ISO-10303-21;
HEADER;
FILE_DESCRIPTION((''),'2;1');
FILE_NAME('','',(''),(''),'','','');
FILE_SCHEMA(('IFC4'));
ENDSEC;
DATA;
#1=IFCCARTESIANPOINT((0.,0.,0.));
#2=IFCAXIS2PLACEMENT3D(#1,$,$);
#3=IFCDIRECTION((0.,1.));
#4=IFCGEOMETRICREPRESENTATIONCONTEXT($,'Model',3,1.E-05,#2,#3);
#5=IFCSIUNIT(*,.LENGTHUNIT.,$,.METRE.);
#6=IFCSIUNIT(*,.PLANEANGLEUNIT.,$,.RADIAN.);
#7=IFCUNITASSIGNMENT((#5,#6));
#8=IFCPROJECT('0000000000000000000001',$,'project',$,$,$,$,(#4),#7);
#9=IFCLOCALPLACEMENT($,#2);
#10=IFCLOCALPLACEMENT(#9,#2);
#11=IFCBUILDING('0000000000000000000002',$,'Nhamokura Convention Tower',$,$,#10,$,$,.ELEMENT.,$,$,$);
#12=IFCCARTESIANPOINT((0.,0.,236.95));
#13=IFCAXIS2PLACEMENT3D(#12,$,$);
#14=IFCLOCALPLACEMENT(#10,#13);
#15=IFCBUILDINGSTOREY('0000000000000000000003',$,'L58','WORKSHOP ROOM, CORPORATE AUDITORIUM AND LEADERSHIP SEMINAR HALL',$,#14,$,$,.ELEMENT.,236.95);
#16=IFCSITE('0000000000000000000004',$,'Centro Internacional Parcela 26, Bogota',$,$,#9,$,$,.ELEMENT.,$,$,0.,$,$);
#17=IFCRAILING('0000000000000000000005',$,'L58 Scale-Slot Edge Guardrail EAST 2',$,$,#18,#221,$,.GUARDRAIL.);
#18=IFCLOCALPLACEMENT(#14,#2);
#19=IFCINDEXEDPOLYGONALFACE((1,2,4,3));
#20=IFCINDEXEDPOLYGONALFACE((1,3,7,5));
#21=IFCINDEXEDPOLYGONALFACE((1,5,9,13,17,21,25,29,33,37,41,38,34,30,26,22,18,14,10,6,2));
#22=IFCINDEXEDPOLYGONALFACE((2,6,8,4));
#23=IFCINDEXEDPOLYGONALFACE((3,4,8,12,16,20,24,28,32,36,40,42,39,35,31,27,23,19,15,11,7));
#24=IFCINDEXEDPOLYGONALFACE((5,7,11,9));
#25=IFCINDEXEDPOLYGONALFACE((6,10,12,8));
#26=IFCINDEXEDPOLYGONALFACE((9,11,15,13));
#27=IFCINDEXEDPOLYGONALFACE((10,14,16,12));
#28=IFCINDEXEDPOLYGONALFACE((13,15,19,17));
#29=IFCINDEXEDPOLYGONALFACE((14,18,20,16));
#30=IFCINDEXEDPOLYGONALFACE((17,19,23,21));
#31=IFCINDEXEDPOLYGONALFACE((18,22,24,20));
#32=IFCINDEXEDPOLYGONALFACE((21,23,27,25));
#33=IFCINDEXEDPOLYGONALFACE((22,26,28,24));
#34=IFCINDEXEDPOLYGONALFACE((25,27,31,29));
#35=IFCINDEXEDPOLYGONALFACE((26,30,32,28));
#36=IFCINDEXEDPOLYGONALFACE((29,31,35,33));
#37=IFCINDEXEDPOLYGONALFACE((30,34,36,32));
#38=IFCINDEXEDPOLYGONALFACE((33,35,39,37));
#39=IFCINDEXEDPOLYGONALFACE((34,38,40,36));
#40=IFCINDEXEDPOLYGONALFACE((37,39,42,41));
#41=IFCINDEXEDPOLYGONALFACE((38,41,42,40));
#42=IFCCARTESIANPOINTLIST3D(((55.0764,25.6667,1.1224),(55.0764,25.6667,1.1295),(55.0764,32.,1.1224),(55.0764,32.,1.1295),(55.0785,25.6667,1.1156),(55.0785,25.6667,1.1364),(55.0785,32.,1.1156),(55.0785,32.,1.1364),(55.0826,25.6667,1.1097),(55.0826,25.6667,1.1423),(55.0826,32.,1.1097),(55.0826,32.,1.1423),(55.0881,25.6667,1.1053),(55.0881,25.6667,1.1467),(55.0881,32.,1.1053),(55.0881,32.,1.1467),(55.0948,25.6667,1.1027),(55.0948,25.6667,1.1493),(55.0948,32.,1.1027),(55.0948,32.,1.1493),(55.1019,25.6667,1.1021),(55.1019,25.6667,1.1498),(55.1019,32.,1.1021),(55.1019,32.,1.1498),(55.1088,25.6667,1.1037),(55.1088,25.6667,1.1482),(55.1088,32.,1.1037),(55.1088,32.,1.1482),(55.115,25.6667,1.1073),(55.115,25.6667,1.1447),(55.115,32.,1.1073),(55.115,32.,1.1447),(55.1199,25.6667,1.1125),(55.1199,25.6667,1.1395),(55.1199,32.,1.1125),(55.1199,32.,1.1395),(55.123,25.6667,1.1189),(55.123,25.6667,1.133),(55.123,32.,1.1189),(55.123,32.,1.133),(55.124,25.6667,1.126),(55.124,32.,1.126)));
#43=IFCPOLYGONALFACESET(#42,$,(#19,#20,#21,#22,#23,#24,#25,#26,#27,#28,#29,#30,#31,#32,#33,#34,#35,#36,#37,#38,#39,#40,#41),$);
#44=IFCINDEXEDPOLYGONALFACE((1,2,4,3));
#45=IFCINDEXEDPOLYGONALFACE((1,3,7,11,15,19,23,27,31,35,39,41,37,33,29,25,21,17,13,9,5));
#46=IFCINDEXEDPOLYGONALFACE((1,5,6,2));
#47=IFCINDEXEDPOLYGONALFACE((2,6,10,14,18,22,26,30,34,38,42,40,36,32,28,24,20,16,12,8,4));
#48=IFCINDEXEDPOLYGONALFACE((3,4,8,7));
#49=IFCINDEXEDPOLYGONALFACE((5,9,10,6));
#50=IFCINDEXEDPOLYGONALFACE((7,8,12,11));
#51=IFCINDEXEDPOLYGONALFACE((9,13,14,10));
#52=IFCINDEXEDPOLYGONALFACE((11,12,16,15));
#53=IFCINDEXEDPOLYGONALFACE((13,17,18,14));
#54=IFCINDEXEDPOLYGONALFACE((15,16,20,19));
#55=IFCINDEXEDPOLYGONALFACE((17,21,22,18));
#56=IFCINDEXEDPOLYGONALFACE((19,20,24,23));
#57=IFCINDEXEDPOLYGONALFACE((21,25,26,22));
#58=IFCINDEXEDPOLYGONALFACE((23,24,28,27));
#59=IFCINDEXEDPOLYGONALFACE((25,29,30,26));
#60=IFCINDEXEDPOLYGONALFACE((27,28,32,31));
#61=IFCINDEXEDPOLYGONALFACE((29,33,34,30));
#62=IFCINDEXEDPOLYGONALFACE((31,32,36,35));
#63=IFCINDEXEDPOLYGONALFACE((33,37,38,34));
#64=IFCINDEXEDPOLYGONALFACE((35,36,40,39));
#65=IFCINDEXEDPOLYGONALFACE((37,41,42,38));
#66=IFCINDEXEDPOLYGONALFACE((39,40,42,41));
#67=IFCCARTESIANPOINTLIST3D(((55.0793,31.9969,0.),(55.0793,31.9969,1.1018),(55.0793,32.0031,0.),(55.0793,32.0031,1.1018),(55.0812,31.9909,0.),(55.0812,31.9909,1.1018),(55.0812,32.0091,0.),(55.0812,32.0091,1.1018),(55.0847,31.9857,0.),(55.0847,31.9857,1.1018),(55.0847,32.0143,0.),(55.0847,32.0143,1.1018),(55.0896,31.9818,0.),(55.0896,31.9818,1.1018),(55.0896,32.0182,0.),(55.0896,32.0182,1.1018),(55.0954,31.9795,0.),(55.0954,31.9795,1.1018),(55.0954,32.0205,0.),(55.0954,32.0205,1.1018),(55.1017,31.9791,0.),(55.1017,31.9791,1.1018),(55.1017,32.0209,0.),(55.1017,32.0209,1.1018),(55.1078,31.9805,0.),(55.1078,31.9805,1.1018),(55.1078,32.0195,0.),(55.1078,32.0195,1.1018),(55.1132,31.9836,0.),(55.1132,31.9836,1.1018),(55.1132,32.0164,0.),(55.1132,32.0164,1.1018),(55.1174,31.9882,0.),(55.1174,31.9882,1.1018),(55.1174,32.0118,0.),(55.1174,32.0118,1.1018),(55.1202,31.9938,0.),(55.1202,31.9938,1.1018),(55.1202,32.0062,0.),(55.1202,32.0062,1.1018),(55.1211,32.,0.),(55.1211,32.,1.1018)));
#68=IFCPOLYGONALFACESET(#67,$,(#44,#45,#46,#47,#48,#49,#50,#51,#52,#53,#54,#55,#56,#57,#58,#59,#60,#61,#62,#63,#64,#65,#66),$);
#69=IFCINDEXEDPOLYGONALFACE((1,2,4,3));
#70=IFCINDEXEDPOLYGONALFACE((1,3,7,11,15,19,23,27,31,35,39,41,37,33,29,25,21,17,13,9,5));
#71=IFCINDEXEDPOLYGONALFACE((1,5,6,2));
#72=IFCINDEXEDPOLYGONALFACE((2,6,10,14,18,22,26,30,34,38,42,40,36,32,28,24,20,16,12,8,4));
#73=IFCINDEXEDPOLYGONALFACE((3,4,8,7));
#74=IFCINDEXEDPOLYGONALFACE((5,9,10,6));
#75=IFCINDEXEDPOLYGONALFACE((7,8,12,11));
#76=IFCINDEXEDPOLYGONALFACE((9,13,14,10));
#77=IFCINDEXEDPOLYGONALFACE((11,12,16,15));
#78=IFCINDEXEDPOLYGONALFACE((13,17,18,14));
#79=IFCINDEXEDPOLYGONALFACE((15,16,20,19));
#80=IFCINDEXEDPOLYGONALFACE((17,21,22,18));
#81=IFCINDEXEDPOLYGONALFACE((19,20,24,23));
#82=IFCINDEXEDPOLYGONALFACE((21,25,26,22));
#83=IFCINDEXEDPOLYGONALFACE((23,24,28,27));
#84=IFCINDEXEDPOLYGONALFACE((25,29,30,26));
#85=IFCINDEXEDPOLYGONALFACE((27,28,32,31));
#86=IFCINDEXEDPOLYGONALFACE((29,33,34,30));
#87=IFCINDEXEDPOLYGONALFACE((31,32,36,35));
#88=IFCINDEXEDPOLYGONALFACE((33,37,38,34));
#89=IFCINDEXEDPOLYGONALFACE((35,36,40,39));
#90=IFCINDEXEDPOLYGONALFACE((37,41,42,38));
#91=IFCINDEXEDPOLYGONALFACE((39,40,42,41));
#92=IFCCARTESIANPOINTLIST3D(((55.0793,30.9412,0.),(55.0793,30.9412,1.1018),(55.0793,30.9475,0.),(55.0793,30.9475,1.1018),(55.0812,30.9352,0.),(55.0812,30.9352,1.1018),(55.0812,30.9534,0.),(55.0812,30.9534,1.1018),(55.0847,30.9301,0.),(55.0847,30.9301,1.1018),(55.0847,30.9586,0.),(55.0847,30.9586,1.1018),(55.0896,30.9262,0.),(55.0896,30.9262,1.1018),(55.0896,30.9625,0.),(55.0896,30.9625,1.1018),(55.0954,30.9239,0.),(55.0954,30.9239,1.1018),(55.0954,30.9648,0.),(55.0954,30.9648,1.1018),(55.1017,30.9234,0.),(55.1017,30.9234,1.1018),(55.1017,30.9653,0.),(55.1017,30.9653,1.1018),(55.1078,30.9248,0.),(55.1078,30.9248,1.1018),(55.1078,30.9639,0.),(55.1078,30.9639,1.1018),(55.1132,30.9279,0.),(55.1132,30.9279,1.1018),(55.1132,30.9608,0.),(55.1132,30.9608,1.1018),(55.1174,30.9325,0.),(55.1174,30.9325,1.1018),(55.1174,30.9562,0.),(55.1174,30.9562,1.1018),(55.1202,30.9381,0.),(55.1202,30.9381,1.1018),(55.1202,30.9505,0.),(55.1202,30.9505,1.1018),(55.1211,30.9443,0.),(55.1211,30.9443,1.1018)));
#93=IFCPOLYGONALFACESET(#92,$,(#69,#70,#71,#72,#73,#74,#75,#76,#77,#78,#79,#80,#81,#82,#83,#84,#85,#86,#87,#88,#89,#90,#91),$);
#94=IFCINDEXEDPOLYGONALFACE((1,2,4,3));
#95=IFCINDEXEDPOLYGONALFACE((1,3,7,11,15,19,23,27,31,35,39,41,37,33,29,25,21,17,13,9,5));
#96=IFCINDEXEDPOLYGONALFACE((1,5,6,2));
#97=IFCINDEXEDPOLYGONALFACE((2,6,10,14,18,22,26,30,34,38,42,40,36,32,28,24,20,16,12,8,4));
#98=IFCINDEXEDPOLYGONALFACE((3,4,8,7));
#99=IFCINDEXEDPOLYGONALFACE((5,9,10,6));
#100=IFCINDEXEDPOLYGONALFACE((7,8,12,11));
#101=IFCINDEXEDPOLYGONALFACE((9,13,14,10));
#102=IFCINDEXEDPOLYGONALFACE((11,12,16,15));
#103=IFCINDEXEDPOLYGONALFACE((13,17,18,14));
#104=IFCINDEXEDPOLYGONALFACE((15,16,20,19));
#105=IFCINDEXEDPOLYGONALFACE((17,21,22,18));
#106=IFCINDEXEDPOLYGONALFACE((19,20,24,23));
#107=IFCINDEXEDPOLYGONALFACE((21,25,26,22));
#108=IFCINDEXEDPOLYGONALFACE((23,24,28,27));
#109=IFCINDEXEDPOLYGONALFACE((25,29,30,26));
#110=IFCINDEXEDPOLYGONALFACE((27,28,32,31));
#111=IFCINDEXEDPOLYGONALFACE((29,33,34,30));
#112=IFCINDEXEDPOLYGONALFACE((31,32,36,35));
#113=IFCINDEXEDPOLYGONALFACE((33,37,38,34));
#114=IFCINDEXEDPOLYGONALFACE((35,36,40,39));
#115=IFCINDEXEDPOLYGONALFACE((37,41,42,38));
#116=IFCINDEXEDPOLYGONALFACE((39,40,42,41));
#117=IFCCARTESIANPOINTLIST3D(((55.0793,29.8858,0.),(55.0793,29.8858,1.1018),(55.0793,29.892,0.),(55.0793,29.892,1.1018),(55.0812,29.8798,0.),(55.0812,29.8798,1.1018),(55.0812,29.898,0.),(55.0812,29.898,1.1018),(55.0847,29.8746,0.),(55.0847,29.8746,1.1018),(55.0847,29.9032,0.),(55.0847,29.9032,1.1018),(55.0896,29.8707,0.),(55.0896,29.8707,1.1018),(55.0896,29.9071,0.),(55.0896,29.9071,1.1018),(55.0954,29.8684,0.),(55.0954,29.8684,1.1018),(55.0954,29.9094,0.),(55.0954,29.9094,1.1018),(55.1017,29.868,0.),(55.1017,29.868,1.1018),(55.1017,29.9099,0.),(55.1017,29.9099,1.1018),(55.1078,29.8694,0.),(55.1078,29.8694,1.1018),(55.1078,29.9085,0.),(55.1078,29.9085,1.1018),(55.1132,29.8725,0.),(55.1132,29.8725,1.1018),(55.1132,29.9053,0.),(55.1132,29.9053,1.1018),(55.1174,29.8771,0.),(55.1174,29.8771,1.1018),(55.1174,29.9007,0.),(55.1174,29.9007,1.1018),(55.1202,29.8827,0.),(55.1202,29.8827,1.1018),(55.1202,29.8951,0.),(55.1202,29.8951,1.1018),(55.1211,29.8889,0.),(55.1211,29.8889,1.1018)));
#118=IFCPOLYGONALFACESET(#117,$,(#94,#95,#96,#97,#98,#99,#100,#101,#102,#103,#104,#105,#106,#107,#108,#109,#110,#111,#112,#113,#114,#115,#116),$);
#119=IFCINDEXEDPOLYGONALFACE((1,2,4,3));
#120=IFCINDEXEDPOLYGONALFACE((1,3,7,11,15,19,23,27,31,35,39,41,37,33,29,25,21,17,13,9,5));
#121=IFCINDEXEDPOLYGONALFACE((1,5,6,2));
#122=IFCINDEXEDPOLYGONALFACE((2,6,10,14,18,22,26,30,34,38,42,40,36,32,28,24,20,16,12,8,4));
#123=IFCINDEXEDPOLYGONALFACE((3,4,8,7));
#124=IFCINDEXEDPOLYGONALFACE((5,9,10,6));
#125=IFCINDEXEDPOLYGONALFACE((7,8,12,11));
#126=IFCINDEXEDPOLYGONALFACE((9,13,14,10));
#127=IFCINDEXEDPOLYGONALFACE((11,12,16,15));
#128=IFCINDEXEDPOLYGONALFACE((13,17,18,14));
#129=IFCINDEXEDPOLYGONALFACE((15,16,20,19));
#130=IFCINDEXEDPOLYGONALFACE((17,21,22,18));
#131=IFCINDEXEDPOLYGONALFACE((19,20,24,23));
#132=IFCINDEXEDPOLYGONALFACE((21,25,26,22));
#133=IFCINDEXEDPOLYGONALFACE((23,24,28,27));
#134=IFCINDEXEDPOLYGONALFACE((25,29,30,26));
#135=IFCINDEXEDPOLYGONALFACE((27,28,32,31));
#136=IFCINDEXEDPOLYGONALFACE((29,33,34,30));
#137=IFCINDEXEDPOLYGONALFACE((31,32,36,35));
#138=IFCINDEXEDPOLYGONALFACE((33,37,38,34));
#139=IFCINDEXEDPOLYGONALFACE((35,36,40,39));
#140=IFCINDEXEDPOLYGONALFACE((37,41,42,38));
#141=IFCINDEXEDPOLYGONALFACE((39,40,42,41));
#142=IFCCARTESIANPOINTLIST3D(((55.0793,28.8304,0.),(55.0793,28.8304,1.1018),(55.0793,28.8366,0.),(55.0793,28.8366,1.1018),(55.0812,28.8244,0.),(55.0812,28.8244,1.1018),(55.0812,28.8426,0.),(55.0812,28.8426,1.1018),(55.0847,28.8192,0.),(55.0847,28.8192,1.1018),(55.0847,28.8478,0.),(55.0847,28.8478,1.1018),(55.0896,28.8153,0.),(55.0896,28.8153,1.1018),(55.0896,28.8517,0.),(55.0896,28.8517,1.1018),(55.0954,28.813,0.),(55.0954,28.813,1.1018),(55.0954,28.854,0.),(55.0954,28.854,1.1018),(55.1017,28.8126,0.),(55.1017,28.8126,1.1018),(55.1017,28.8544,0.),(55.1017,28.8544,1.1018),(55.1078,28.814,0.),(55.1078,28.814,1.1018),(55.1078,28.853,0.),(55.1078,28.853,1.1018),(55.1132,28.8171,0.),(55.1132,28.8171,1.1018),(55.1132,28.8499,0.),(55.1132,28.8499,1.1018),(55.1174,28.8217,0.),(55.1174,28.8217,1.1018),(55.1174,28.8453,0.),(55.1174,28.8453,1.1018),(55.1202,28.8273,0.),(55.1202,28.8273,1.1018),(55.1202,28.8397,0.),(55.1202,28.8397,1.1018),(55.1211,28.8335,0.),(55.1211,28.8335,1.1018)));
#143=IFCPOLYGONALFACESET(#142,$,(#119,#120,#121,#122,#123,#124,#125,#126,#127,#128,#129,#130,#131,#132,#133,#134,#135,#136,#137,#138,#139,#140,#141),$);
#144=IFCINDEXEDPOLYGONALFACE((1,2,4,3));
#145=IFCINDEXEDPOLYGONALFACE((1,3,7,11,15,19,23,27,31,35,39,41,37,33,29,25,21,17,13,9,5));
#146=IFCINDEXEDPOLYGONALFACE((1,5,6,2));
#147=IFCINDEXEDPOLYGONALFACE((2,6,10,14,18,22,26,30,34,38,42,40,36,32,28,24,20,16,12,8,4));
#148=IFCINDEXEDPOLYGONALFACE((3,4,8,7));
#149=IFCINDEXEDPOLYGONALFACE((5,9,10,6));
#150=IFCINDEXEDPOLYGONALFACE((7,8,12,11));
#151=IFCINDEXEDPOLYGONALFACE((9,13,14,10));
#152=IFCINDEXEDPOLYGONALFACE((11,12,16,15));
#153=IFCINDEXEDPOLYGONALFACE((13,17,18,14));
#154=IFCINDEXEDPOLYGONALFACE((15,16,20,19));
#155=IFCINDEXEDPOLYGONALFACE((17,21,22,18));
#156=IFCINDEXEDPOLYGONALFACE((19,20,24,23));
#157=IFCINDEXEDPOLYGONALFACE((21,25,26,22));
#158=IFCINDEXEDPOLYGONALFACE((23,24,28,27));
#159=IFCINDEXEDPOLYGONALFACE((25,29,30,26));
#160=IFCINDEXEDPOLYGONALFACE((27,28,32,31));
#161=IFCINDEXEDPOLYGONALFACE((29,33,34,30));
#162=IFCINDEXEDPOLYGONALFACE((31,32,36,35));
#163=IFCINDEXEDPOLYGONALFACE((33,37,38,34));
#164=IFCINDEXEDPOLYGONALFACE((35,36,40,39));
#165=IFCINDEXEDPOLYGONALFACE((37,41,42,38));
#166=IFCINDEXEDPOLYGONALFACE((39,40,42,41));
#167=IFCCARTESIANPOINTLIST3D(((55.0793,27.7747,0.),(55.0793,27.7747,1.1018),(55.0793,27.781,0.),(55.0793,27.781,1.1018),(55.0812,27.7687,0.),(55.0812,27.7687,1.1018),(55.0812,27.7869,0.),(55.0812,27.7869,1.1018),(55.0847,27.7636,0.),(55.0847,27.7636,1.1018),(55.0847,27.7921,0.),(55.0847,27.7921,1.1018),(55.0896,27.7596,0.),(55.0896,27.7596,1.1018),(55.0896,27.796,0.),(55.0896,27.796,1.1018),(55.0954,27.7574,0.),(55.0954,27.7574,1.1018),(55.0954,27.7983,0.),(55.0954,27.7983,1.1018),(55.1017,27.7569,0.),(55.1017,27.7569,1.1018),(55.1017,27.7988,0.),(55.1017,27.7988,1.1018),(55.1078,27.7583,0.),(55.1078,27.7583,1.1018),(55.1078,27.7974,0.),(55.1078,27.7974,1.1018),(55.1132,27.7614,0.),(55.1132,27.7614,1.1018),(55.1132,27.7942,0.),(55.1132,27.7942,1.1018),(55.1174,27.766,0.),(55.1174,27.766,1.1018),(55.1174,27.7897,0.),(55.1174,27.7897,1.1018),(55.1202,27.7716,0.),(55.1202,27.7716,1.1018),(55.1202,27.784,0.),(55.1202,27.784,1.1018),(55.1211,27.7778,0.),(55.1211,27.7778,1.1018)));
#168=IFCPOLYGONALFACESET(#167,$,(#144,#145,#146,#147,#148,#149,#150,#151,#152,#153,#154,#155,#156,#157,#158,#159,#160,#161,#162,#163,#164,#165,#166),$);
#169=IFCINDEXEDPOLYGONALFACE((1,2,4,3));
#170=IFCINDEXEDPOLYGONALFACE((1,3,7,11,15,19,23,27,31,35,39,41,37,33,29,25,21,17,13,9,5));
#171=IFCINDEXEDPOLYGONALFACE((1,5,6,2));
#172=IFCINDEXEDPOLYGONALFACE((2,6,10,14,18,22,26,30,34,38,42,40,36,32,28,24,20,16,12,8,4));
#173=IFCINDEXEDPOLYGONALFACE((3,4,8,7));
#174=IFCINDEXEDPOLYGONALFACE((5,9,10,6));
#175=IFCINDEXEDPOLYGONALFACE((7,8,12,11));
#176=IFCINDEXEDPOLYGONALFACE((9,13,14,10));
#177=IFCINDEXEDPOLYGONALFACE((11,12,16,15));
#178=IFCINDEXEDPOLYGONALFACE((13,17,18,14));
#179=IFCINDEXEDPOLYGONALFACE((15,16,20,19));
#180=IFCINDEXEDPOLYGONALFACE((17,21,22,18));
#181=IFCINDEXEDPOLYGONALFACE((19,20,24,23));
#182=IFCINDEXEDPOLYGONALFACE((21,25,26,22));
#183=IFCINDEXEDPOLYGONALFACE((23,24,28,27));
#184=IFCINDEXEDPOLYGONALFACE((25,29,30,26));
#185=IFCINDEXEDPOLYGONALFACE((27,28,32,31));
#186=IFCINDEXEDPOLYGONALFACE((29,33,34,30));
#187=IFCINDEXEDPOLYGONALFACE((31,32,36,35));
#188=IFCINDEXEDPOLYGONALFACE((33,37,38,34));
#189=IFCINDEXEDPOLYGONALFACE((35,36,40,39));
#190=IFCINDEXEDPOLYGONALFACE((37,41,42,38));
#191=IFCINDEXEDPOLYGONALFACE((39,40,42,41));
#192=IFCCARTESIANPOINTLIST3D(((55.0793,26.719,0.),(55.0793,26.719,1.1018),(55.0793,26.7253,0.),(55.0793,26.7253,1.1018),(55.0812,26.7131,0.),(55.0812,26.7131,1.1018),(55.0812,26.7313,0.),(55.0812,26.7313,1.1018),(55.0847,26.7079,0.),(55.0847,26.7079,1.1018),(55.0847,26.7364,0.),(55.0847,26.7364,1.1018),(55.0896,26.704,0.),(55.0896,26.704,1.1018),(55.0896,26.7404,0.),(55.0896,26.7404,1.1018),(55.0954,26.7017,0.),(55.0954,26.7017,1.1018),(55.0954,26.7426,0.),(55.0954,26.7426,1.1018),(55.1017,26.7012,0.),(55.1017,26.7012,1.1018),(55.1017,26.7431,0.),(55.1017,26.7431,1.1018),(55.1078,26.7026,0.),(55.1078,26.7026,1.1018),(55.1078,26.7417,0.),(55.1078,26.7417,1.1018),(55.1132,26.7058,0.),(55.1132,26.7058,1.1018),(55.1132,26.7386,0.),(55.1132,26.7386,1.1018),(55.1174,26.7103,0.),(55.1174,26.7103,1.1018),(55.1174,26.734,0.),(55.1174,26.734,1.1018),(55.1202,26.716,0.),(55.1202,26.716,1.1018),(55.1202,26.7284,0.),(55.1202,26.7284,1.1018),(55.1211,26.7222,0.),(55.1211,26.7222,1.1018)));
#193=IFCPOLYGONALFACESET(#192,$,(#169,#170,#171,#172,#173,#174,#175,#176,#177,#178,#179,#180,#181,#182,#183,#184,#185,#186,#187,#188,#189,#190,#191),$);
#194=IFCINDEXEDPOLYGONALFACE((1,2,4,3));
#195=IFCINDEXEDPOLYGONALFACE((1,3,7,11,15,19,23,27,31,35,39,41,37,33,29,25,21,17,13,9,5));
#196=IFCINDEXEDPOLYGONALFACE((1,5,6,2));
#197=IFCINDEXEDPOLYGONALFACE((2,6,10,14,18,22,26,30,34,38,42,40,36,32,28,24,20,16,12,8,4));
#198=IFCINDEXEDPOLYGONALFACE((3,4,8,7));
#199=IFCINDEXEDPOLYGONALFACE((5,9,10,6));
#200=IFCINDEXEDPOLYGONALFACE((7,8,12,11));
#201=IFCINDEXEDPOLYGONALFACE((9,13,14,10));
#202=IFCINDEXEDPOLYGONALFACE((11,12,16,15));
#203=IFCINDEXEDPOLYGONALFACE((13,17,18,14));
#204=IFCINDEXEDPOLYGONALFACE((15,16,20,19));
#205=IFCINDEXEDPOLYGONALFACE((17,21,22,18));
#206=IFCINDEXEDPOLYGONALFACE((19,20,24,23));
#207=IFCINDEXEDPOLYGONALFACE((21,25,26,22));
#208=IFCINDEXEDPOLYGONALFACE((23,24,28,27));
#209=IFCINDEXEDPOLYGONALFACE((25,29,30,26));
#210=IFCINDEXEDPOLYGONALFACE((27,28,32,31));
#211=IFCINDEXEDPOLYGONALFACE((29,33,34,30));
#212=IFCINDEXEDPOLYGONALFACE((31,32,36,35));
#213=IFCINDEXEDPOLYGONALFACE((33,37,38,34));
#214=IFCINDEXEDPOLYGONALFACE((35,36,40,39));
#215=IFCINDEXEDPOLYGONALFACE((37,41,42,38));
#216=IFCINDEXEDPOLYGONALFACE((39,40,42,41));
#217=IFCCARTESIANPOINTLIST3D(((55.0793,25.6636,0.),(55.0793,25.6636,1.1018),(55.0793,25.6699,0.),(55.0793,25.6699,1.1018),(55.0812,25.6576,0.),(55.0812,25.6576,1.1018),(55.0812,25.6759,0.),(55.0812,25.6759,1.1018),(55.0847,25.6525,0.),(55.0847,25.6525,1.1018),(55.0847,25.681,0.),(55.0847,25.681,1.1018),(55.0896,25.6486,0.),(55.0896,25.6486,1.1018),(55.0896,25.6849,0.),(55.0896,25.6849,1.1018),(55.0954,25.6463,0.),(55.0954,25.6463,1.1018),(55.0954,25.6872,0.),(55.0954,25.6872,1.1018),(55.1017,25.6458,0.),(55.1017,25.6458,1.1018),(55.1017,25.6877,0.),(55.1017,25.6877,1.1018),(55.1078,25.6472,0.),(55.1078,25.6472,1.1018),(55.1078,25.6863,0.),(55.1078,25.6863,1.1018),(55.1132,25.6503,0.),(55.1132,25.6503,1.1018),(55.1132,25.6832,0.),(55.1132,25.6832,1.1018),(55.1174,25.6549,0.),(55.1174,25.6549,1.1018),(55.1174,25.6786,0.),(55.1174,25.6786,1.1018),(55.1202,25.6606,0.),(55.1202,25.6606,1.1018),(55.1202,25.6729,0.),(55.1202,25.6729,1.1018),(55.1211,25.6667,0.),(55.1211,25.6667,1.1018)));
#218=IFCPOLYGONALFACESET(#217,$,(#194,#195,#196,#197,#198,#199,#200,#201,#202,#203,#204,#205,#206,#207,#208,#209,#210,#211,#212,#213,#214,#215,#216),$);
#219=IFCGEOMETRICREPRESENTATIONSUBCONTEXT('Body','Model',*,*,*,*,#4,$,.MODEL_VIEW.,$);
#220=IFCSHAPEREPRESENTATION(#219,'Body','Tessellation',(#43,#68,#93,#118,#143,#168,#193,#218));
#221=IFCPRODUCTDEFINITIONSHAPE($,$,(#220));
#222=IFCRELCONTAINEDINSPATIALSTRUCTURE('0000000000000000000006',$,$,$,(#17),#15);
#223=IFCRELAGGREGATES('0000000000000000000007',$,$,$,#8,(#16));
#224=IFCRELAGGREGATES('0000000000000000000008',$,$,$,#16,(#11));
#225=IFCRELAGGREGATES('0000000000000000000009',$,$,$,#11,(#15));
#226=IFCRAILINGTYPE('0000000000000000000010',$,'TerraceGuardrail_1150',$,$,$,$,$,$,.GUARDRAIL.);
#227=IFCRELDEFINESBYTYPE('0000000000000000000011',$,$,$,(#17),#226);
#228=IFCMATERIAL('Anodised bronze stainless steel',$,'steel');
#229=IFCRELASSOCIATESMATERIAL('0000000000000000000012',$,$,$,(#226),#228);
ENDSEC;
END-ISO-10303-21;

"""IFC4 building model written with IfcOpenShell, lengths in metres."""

from ifc_helpers import new_model, si_unit, direction, frame, origin, origin_2d, place, context, subcontext, project, spatial, circle, extrude, material, type_object, element, save


model = new_model("IFC4")

# Units and contexts
model_context = context("Model", 3, precision=1e-05, world=origin(), true_north=direction((0.0, 1.0)))
body_context = subcontext(model_context, "Body", "Model", "MODEL_VIEW")
ifc_project = project(units=[si_unit("LENGTHUNIT", "METRE"), si_unit("PLANEANGLEUNIT", "RADIAN")], contexts=[model_context])

# Site, building, storey
site_placement = place(None, origin())
site = spatial("IfcSite", under=ifc_project, at=site_placement, Name="Centro Internacional Parcela 26, Bogota", CompositionType="ELEMENT", RefElevation=0.0)
building_placement = place(site_placement, origin())
building = spatial("IfcBuilding", under=site, at=building_placement, Name="Nhamokura Convention Tower", CompositionType="ELEMENT")
storey_placement = place(building_placement, frame((0.0, 0.0, 236.95)))
storey = spatial("IfcBuildingStorey", under=building, at=storey_placement, Name="L58", Description="WORKSHOP ROOM, CORPORATE AUDITORIUM AND LEADERSHIP SEMINAR HALL", CompositionType="ELEMENT", Elevation=236.95)

# Railing
ifc_material_1 = material(Name="Anodised bronze stainless steel", Category="steel")
railing_type_1 = type_object("IfcRailingType", Name="TerraceGuardrail_1150", PredefinedType="GUARDRAIL", material=ifc_material_1)
railing_1_placement = place(storey_placement, frame((55.1001, 32.0, 0.0)))
element("IfcRailing", 1, at=railing_1_placement, inside=storey, type_object=railing_type_1, Name="L58 Scale-Slot Edge Guardrail EAST 2", PredefinedType="GUARDRAIL", context=body_context, shape_type="SweptSolid", body=[
    extrude(circle(Radius=0.0239, at=origin_2d()), frame((0.0, 0.0, 1.126), z_axis=(0.0, -1.0, 0.0), x_axis=(1.0, 0.0, 0.0)), (0.0, 0.0, 1.0), 6.3333),
    extrude(circle(Radius=0.021, at=origin_2d()), origin(), (0.0, 0.0, 1.0), 1.1018),
    extrude(circle(Radius=0.021, at=origin_2d()), frame((0.0, -1.0557, 0.0)), (0.0, 0.0, 1.0), 1.1018),
    extrude(circle(Radius=0.021, at=origin_2d()), frame((0.0, -2.1111, 0.0)), (0.0, 0.0, 1.0), 1.1018),
    extrude(circle(Radius=0.021, at=origin_2d()), frame((0.0, -3.1665, 0.0)), (0.0, 0.0, 1.0), 1.1018),
    extrude(circle(Radius=0.021, at=origin_2d()), frame((0.0, -4.2222, 0.0)), (0.0, 0.0, 1.0), 1.1018),
    extrude(circle(Radius=0.021, at=origin_2d()), frame((0.0, -5.2778, 0.0)), (0.0, 0.0, 1.0), 1.1018),
    extrude(circle(Radius=0.021, at=origin_2d()), frame((0.0, -6.3333, 0.0)), (0.0, 0.0, 1.0), 1.1018),
])

save(model, "model.ifc")
